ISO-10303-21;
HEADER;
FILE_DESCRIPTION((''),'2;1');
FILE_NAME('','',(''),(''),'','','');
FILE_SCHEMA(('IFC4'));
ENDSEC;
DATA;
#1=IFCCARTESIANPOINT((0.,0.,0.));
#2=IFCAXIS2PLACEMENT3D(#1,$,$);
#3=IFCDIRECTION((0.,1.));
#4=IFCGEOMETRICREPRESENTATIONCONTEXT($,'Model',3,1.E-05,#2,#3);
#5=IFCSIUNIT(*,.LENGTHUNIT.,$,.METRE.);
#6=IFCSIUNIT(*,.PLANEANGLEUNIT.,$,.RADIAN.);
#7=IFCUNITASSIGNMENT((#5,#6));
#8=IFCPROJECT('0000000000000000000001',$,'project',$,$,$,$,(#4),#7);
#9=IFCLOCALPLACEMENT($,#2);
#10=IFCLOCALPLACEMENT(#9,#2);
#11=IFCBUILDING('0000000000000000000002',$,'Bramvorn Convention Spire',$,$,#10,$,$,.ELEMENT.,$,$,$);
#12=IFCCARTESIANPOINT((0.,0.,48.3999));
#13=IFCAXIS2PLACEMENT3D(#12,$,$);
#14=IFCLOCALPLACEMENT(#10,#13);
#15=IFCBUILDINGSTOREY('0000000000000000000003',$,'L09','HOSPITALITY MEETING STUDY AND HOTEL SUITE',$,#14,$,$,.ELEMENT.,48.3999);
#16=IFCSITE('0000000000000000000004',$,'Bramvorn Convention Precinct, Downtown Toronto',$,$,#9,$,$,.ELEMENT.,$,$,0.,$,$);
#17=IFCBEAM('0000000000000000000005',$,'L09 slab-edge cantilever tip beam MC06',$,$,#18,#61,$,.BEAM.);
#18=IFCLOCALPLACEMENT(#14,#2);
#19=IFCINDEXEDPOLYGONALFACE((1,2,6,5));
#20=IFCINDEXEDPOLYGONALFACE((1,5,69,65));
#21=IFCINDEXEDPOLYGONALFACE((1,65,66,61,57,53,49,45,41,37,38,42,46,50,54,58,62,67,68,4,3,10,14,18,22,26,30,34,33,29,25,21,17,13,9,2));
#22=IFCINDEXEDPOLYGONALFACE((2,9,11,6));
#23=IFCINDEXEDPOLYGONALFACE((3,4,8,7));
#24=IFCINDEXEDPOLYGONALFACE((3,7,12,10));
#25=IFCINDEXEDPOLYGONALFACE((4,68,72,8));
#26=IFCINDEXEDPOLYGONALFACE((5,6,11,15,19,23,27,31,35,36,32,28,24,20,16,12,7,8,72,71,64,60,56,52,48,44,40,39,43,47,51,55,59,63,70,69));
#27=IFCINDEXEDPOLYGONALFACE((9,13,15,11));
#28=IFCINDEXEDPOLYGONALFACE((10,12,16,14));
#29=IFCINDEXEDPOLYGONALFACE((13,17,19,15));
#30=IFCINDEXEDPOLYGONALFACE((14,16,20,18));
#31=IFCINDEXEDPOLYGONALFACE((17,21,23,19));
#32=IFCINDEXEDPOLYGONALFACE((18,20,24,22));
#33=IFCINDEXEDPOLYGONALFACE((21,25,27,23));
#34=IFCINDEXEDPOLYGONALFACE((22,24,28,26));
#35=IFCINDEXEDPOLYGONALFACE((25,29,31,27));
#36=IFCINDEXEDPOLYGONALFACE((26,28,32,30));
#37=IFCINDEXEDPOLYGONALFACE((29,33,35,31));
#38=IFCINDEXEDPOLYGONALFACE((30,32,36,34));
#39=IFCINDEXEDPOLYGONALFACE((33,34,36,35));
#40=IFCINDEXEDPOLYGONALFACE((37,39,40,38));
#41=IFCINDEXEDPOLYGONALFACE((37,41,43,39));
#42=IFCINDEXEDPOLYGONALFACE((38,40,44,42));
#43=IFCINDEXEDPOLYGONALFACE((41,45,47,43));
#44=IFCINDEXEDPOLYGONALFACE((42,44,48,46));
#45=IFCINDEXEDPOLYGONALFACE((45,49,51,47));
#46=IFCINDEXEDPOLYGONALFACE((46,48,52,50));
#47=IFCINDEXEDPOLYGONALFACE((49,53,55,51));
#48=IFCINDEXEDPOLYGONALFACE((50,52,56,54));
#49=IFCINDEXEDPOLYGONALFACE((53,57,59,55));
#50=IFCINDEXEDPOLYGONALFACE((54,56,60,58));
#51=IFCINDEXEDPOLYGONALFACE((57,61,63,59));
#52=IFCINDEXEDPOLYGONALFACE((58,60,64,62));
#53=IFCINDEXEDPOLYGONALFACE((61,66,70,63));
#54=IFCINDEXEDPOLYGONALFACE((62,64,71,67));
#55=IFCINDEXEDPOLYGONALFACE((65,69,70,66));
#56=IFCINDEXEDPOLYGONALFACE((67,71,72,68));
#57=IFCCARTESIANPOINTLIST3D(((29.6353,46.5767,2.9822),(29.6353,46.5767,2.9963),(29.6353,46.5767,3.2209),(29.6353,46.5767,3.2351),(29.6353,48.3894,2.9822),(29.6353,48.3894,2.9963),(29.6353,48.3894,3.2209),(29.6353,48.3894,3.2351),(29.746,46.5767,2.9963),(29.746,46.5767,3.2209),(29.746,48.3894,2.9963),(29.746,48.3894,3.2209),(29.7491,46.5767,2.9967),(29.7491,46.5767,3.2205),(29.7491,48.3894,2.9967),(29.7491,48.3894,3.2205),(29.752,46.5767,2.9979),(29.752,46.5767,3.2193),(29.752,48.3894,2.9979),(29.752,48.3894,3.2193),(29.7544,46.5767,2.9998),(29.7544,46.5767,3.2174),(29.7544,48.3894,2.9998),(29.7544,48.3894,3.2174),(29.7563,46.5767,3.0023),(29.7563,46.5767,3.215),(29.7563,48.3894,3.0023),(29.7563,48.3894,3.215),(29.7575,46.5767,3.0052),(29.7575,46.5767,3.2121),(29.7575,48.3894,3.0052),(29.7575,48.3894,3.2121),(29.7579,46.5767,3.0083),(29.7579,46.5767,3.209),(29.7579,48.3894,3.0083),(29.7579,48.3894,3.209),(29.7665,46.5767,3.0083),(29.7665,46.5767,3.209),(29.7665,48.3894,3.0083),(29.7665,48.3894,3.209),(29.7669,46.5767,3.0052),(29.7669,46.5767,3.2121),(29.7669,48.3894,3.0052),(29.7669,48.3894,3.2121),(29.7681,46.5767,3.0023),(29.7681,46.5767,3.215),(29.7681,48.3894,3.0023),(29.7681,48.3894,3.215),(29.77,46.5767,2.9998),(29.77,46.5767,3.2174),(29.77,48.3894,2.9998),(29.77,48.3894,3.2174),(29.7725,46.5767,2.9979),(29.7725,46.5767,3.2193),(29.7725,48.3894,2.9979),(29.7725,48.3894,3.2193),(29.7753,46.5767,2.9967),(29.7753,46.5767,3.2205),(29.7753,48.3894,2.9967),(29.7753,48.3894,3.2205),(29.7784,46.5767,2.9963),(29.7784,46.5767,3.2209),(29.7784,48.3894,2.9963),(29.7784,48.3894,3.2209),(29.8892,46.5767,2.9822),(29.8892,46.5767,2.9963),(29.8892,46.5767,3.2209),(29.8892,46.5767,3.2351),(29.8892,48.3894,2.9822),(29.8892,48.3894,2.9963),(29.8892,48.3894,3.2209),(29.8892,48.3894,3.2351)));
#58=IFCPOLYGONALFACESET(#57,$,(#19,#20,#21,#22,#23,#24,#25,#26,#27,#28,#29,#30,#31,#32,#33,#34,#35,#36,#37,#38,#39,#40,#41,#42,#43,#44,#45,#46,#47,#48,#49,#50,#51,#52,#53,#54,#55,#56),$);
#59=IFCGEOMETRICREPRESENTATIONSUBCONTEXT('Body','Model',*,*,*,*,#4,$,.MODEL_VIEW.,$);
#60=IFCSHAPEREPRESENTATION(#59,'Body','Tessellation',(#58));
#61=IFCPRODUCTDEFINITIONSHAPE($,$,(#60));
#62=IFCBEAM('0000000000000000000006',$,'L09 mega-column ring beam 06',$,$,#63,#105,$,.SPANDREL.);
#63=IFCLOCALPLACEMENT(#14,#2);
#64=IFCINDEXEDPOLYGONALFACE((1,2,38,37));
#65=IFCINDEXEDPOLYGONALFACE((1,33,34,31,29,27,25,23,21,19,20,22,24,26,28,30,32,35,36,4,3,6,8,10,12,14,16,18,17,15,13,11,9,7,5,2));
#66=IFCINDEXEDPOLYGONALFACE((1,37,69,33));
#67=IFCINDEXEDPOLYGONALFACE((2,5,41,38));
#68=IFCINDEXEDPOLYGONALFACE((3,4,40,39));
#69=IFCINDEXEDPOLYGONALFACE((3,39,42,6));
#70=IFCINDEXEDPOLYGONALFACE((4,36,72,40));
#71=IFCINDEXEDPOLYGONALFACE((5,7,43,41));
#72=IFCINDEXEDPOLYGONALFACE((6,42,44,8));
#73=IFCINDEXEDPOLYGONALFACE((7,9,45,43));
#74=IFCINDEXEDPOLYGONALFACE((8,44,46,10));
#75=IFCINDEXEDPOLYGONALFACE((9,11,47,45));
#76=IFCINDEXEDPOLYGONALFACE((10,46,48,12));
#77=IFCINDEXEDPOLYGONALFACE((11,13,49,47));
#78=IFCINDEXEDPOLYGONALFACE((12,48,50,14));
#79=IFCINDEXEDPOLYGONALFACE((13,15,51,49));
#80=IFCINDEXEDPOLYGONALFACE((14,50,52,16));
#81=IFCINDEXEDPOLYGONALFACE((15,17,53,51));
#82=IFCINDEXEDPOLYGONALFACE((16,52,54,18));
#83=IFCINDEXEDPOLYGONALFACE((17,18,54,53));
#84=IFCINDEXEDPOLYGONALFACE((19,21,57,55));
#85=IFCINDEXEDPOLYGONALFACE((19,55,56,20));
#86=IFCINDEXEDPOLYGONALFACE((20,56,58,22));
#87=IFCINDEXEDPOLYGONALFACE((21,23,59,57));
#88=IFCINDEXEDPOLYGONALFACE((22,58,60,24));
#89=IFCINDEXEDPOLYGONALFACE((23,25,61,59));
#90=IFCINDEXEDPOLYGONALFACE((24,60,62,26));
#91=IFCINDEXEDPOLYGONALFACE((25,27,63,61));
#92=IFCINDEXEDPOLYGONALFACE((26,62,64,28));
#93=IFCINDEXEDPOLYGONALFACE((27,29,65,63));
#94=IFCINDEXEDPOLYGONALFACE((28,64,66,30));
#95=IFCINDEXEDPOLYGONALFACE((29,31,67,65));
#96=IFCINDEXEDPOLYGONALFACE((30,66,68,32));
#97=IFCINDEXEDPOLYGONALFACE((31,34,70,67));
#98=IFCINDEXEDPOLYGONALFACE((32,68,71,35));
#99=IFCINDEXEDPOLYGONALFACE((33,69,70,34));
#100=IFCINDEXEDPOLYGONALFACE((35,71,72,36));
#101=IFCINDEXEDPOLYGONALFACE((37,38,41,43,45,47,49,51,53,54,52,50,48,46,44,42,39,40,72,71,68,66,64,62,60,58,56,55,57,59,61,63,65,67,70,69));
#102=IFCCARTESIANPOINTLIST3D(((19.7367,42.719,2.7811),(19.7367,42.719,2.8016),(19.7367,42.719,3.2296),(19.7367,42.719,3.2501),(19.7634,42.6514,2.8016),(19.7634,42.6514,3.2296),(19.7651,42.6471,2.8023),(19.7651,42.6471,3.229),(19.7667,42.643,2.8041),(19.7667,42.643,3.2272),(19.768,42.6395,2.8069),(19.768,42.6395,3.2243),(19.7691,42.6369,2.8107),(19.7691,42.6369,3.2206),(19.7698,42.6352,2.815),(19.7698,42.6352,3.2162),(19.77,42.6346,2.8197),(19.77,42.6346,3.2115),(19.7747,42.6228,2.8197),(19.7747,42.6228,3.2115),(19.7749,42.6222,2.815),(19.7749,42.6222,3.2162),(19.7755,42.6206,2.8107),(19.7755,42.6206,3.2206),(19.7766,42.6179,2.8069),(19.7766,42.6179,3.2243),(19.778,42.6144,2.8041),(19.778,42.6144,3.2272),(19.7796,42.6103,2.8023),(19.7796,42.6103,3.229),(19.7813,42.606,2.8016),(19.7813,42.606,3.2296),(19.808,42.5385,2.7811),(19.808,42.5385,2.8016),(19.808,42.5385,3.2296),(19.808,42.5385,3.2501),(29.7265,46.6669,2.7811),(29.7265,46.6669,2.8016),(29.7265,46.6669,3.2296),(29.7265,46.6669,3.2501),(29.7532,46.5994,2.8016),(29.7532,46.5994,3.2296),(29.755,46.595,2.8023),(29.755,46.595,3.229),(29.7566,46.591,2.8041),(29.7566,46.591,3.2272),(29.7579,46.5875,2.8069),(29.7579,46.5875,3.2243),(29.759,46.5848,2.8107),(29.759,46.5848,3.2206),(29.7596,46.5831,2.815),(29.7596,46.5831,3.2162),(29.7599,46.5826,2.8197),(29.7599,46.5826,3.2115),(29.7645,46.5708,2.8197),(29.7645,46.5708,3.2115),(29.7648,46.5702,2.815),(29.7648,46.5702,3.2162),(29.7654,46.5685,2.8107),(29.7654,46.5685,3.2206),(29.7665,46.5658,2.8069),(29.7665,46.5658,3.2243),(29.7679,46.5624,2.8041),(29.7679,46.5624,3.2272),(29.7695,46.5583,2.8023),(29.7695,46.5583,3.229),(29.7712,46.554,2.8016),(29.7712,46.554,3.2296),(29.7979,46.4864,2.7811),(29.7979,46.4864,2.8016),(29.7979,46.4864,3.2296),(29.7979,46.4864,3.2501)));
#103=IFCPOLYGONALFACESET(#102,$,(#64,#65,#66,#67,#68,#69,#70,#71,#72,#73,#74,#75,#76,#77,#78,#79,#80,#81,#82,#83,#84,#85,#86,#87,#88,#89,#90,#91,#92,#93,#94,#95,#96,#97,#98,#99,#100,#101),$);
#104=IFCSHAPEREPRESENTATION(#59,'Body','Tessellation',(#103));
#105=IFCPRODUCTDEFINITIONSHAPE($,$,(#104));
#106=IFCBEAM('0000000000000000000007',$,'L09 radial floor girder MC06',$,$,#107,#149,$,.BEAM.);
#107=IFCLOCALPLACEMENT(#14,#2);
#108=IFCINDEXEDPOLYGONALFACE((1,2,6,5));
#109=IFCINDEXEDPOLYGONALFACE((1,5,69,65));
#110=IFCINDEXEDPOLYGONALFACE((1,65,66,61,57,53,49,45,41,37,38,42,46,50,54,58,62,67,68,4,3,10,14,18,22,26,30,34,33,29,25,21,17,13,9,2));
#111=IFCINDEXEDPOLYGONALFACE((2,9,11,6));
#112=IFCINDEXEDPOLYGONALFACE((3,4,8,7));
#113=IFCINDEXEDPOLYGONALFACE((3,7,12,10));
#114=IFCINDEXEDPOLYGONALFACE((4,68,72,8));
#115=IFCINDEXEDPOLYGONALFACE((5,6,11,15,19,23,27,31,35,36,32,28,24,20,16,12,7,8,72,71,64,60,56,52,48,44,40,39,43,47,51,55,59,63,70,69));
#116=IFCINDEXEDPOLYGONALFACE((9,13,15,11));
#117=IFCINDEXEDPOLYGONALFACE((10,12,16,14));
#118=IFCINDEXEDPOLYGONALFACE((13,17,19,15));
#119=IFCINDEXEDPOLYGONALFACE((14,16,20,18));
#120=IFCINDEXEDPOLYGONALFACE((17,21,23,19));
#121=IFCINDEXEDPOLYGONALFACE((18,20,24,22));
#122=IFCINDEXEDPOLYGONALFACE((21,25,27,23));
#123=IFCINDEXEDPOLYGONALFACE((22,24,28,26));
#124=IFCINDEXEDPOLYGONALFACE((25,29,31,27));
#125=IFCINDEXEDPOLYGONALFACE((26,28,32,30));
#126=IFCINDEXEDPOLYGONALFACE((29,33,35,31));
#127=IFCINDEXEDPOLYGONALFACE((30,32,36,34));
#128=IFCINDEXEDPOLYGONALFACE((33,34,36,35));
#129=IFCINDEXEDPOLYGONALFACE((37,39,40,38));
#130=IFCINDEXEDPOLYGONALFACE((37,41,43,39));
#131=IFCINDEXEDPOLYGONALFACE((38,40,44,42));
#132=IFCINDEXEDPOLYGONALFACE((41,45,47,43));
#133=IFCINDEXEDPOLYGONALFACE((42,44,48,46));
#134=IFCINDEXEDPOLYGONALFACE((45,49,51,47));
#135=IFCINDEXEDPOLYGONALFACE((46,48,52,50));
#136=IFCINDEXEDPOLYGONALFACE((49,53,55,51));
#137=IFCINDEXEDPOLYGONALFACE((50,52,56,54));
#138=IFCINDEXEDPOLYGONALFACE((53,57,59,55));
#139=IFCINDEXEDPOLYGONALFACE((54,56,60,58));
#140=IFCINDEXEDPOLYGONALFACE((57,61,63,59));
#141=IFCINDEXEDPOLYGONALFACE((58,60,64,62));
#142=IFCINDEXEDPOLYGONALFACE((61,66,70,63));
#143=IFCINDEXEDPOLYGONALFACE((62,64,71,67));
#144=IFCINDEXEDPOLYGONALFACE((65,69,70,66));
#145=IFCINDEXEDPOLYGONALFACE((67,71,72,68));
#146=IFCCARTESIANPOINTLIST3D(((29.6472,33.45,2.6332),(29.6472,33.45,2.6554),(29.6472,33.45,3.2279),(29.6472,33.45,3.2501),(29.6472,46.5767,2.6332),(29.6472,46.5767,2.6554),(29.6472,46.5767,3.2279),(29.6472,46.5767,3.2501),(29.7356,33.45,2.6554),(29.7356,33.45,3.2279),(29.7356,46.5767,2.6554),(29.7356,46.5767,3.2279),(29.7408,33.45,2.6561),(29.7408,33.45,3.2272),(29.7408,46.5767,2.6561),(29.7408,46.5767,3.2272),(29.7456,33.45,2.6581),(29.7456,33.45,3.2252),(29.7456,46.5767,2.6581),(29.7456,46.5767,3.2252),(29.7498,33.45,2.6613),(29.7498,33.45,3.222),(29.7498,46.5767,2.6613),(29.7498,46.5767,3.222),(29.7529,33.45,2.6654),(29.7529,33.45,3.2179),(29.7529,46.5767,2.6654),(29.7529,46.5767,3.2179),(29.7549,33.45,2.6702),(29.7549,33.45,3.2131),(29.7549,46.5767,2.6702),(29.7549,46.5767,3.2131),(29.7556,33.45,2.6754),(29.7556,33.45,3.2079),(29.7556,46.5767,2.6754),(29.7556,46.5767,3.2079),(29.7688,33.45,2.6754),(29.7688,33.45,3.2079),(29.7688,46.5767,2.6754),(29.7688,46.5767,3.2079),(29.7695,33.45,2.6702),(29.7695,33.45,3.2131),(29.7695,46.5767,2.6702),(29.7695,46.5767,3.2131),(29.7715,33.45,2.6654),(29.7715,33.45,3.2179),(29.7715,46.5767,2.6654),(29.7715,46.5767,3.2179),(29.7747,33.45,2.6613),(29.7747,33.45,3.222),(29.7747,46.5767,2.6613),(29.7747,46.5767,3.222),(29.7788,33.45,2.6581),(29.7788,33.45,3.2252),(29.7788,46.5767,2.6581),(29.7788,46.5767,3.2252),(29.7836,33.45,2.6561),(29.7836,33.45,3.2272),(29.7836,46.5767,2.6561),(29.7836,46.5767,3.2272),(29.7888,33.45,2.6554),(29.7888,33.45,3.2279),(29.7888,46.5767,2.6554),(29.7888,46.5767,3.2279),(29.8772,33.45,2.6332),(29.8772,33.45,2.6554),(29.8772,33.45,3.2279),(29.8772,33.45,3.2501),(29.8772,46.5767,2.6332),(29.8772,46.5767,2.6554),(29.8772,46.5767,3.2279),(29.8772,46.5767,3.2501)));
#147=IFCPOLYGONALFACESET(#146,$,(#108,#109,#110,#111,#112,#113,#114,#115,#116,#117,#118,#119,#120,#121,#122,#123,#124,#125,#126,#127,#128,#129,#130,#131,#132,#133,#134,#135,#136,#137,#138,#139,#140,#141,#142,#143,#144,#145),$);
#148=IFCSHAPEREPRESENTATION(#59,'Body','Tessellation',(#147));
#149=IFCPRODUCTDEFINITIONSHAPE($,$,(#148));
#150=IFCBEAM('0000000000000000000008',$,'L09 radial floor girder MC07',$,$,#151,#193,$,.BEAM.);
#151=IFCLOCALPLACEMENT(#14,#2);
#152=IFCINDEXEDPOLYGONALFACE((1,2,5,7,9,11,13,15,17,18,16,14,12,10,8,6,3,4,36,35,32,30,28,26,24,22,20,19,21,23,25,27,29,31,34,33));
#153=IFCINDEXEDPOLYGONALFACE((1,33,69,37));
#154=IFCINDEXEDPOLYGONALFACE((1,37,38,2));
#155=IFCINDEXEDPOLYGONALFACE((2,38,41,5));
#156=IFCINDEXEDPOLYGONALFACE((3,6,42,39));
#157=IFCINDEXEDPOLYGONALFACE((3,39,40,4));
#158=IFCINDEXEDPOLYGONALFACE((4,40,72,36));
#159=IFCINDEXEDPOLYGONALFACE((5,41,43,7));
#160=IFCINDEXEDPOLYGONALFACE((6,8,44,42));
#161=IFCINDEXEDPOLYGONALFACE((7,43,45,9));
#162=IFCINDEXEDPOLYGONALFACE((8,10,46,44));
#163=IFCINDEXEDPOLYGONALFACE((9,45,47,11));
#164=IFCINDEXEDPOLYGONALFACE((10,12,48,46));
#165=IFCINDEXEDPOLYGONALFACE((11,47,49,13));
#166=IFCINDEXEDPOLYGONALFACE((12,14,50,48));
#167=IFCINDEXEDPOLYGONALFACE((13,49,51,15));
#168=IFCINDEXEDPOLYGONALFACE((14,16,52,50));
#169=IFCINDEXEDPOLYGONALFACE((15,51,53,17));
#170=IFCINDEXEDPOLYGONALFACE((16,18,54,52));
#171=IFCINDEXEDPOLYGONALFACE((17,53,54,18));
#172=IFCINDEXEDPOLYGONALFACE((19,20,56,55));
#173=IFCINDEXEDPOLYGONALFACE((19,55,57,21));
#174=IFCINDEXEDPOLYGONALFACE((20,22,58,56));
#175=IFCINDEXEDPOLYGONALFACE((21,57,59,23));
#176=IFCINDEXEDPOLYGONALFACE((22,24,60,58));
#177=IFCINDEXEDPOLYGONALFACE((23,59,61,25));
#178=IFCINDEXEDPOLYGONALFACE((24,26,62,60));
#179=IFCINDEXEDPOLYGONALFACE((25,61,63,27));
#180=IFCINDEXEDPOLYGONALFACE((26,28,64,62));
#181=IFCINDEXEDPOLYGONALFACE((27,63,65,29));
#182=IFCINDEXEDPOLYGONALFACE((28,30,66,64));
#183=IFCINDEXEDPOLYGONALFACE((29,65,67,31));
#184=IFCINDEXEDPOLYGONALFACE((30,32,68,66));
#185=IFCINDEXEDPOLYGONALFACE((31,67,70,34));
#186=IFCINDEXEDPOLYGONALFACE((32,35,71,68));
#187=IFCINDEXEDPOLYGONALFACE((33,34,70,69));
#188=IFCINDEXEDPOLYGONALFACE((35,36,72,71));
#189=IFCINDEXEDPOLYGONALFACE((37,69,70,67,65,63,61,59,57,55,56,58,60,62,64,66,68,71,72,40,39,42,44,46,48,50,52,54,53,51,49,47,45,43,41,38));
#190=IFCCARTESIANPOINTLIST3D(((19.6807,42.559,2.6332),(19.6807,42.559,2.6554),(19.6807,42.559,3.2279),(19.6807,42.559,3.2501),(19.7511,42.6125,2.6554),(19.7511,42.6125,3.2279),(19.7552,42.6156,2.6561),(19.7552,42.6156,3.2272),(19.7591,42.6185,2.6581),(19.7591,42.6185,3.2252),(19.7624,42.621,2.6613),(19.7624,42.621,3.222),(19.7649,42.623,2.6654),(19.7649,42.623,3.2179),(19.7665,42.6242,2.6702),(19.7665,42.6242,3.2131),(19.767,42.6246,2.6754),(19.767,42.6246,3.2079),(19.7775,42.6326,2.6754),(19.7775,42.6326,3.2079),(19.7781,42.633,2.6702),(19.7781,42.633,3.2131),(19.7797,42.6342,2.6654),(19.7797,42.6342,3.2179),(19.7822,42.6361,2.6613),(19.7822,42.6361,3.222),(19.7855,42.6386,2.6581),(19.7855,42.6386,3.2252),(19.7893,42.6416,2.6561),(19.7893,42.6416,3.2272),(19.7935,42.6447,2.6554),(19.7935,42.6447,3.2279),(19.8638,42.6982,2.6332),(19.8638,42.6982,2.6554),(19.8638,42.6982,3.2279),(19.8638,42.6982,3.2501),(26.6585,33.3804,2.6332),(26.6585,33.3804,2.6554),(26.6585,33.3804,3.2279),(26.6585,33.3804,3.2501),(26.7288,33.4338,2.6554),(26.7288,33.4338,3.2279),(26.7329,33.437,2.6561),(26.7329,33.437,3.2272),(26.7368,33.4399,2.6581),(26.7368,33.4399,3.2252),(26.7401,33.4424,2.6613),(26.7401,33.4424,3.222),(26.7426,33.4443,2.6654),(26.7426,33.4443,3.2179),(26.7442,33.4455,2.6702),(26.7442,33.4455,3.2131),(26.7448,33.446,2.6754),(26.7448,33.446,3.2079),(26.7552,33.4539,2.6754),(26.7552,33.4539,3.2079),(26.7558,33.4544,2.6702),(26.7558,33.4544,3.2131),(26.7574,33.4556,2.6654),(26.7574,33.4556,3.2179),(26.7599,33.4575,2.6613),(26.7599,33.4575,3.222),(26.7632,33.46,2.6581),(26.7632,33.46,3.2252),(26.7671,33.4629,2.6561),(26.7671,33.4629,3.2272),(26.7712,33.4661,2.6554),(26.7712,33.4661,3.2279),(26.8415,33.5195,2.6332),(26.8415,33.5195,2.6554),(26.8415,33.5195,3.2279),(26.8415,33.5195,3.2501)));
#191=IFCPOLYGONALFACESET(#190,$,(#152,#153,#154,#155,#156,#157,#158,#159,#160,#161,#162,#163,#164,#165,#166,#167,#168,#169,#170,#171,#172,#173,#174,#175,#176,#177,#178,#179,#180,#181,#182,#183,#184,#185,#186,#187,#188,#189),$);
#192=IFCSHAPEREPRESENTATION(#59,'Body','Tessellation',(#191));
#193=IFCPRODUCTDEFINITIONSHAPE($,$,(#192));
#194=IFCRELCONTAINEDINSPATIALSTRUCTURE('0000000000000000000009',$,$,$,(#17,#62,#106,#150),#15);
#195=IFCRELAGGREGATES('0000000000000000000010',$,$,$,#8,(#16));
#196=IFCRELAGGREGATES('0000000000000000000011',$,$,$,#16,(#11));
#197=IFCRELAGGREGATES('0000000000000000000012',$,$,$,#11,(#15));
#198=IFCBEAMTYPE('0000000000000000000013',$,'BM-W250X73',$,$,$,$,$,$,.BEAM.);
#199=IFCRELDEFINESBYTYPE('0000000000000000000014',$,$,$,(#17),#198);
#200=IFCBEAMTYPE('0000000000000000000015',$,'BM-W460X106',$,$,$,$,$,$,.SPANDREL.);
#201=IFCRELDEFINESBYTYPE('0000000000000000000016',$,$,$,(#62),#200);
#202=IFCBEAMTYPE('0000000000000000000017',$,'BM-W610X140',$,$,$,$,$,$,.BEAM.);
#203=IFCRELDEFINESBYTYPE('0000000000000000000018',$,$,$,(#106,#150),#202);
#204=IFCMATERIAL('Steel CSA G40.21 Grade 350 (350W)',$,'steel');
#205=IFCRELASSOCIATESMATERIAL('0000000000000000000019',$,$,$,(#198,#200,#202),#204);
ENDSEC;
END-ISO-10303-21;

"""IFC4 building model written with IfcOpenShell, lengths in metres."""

from ifc_helpers import new_model, si_unit, direction, frame, origin, origin_2d, place, context, subcontext, project, spatial, i_section, extrude, material, material_profile, profile_set, type_object, element, save


model = new_model("IFC4")

# Units and contexts
model_context = context("Model", 3, precision=1e-05, world=origin(), true_north=direction((0.0, 1.0)))
body_context = subcontext(model_context, "Body", "Model", "MODEL_VIEW")
ifc_project = project(units=[si_unit("LENGTHUNIT", "METRE"), si_unit("PLANEANGLEUNIT", "RADIAN")], contexts=[model_context])

# Site, building, storey
site_placement = place(None, origin())
site = spatial("IfcSite", under=ifc_project, at=site_placement, Name="Bramvorn Convention Precinct, Downtown Toronto", CompositionType="ELEMENT", RefElevation=0.0)
building_placement = place(site_placement, origin())
building = spatial("IfcBuilding", under=site, at=building_placement, Name="Bramvorn Convention Spire", CompositionType="ELEMENT")
storey_placement = place(building_placement, frame((0.0, 0.0, 48.3999)))
storey = spatial("IfcBuildingStorey", under=building, at=storey_placement, Name="L09", Description="HOSPITALITY MEETING STUDY AND HOTEL SUITE", CompositionType="ELEMENT", Elevation=48.3999)

# Shared definitions
ifc_material_1 = material(Name="Steel CSA G40.21 Grade 350 (350W)", Category="steel")

# Beams
ifc_material_profile_1 = material_profile(ifc_material_1, i_section(OverallWidth=0.2539, OverallDepth=0.2529, WebThickness=0.0085, FlangeThickness=0.0142, FilletRadius=0.012, at=origin_2d()))
ifc_profile_set_1 = profile_set([ifc_material_profile_1], Name="Steel CSA G40.21 Grade 350 (350W) - W250X73")
beam_type_1 = type_object("IfcBeamType", Name="BM-W250X73", PredefinedType="BEAM", material=ifc_profile_set_1)
beam_1_placement = place(storey_placement, frame((29.7622, 46.5767, 3.1086), z_axis=(0.0, 1.0, 0.0), x_axis=(-1.0, 0.0, 0.0)))
element("IfcBeam", 1, at=beam_1_placement, inside=storey, type_object=beam_type_1, Name="L09 slab-edge cantilever tip beam MC06", PredefinedType="BEAM", context=body_context, shape_type="SweptSolid", body=[
    extrude(i_section(OverallWidth=0.2539, OverallDepth=0.2529, WebThickness=0.0085, FlangeThickness=0.0142, FilletRadius=0.012, at=origin_2d()), origin(), (0.0, 0.0, 1.0), 1.8127),
])
ifc_material_profile_2 = material_profile(ifc_material_1, i_section(OverallWidth=0.1941, OverallDepth=0.469, WebThickness=0.0127, FlangeThickness=0.0205, FilletRadius=0.0181, at=origin_2d()))
ifc_profile_set_2 = profile_set([ifc_material_profile_2], Name="Steel CSA G40.21 Grade 350 (350W) - W460X106")
beam_type_2 = type_object("IfcBeamType", Name="BM-W460X106", PredefinedType="SPANDREL", material=ifc_profile_set_2)
beam_2_placement = place(storey_placement, frame((29.7622, 46.5767, 3.0156), z_axis=(-0.93001, -0.367535, 0.0), x_axis=(0.367535, -0.93001, 0.0)))
element("IfcBeam", 2, at=beam_2_placement, inside=storey, type_object=beam_type_2, Name="L09 mega-column ring beam 06", PredefinedType="SPANDREL", context=body_context, shape_type="SweptSolid", body=[
    extrude(i_section(OverallWidth=0.1941, OverallDepth=0.469, WebThickness=0.0127, FlangeThickness=0.0205, FilletRadius=0.0181, at=origin_2d()), origin(), (0.0, 0.0, 1.0), 10.7417),
])
ifc_material_profile_3 = material_profile(ifc_material_1, i_section(OverallWidth=0.23, OverallDepth=0.6169, WebThickness=0.0132, FlangeThickness=0.0222, FilletRadius=0.02, at=origin_2d()))
ifc_profile_set_3 = profile_set([ifc_material_profile_3], Name="Steel CSA G40.21 Grade 350 (350W) - W610X140")
beam_type_3 = type_object("IfcBeamType", Name="BM-W610X140", PredefinedType="BEAM", material=ifc_profile_set_3)
beam_3_placement = place(storey_placement, frame((29.7622, 33.45, 2.9417), z_axis=(0.0, 1.0, 0.0), x_axis=(-1.0, 0.0, 0.0)))
element("IfcBeam", 3, at=beam_3_placement, inside=storey, type_object=beam_type_3, Name="L09 radial floor girder MC06", PredefinedType="BEAM", context=body_context, shape_type="SweptSolid", body=[
    extrude(i_section(OverallWidth=0.23, OverallDepth=0.6169, WebThickness=0.0132, FlangeThickness=0.0222, FilletRadius=0.02, at=origin_2d()), origin(), (0.0, 0.0, 1.0), 13.1267),
])
beam_4_placement = place(storey_placement, frame((26.75, 33.45, 2.9417), z_axis=(-0.605191, 0.79608, 0.0), x_axis=(-0.79608, -0.605191, 0.0)))
element("IfcBeam", 4, at=beam_4_placement, inside=storey, type_object=beam_type_3, Name="L09 radial floor girder MC07", PredefinedType="BEAM", context=body_context, shape_type="SweptSolid", body=[
    extrude(i_section(OverallWidth=0.23, OverallDepth=0.6169, WebThickness=0.0132, FlangeThickness=0.0222, FilletRadius=0.02, at=origin_2d()), origin(), (0.0, 0.0, 1.0), 11.5298),
])

save(model, "model.ifc")
